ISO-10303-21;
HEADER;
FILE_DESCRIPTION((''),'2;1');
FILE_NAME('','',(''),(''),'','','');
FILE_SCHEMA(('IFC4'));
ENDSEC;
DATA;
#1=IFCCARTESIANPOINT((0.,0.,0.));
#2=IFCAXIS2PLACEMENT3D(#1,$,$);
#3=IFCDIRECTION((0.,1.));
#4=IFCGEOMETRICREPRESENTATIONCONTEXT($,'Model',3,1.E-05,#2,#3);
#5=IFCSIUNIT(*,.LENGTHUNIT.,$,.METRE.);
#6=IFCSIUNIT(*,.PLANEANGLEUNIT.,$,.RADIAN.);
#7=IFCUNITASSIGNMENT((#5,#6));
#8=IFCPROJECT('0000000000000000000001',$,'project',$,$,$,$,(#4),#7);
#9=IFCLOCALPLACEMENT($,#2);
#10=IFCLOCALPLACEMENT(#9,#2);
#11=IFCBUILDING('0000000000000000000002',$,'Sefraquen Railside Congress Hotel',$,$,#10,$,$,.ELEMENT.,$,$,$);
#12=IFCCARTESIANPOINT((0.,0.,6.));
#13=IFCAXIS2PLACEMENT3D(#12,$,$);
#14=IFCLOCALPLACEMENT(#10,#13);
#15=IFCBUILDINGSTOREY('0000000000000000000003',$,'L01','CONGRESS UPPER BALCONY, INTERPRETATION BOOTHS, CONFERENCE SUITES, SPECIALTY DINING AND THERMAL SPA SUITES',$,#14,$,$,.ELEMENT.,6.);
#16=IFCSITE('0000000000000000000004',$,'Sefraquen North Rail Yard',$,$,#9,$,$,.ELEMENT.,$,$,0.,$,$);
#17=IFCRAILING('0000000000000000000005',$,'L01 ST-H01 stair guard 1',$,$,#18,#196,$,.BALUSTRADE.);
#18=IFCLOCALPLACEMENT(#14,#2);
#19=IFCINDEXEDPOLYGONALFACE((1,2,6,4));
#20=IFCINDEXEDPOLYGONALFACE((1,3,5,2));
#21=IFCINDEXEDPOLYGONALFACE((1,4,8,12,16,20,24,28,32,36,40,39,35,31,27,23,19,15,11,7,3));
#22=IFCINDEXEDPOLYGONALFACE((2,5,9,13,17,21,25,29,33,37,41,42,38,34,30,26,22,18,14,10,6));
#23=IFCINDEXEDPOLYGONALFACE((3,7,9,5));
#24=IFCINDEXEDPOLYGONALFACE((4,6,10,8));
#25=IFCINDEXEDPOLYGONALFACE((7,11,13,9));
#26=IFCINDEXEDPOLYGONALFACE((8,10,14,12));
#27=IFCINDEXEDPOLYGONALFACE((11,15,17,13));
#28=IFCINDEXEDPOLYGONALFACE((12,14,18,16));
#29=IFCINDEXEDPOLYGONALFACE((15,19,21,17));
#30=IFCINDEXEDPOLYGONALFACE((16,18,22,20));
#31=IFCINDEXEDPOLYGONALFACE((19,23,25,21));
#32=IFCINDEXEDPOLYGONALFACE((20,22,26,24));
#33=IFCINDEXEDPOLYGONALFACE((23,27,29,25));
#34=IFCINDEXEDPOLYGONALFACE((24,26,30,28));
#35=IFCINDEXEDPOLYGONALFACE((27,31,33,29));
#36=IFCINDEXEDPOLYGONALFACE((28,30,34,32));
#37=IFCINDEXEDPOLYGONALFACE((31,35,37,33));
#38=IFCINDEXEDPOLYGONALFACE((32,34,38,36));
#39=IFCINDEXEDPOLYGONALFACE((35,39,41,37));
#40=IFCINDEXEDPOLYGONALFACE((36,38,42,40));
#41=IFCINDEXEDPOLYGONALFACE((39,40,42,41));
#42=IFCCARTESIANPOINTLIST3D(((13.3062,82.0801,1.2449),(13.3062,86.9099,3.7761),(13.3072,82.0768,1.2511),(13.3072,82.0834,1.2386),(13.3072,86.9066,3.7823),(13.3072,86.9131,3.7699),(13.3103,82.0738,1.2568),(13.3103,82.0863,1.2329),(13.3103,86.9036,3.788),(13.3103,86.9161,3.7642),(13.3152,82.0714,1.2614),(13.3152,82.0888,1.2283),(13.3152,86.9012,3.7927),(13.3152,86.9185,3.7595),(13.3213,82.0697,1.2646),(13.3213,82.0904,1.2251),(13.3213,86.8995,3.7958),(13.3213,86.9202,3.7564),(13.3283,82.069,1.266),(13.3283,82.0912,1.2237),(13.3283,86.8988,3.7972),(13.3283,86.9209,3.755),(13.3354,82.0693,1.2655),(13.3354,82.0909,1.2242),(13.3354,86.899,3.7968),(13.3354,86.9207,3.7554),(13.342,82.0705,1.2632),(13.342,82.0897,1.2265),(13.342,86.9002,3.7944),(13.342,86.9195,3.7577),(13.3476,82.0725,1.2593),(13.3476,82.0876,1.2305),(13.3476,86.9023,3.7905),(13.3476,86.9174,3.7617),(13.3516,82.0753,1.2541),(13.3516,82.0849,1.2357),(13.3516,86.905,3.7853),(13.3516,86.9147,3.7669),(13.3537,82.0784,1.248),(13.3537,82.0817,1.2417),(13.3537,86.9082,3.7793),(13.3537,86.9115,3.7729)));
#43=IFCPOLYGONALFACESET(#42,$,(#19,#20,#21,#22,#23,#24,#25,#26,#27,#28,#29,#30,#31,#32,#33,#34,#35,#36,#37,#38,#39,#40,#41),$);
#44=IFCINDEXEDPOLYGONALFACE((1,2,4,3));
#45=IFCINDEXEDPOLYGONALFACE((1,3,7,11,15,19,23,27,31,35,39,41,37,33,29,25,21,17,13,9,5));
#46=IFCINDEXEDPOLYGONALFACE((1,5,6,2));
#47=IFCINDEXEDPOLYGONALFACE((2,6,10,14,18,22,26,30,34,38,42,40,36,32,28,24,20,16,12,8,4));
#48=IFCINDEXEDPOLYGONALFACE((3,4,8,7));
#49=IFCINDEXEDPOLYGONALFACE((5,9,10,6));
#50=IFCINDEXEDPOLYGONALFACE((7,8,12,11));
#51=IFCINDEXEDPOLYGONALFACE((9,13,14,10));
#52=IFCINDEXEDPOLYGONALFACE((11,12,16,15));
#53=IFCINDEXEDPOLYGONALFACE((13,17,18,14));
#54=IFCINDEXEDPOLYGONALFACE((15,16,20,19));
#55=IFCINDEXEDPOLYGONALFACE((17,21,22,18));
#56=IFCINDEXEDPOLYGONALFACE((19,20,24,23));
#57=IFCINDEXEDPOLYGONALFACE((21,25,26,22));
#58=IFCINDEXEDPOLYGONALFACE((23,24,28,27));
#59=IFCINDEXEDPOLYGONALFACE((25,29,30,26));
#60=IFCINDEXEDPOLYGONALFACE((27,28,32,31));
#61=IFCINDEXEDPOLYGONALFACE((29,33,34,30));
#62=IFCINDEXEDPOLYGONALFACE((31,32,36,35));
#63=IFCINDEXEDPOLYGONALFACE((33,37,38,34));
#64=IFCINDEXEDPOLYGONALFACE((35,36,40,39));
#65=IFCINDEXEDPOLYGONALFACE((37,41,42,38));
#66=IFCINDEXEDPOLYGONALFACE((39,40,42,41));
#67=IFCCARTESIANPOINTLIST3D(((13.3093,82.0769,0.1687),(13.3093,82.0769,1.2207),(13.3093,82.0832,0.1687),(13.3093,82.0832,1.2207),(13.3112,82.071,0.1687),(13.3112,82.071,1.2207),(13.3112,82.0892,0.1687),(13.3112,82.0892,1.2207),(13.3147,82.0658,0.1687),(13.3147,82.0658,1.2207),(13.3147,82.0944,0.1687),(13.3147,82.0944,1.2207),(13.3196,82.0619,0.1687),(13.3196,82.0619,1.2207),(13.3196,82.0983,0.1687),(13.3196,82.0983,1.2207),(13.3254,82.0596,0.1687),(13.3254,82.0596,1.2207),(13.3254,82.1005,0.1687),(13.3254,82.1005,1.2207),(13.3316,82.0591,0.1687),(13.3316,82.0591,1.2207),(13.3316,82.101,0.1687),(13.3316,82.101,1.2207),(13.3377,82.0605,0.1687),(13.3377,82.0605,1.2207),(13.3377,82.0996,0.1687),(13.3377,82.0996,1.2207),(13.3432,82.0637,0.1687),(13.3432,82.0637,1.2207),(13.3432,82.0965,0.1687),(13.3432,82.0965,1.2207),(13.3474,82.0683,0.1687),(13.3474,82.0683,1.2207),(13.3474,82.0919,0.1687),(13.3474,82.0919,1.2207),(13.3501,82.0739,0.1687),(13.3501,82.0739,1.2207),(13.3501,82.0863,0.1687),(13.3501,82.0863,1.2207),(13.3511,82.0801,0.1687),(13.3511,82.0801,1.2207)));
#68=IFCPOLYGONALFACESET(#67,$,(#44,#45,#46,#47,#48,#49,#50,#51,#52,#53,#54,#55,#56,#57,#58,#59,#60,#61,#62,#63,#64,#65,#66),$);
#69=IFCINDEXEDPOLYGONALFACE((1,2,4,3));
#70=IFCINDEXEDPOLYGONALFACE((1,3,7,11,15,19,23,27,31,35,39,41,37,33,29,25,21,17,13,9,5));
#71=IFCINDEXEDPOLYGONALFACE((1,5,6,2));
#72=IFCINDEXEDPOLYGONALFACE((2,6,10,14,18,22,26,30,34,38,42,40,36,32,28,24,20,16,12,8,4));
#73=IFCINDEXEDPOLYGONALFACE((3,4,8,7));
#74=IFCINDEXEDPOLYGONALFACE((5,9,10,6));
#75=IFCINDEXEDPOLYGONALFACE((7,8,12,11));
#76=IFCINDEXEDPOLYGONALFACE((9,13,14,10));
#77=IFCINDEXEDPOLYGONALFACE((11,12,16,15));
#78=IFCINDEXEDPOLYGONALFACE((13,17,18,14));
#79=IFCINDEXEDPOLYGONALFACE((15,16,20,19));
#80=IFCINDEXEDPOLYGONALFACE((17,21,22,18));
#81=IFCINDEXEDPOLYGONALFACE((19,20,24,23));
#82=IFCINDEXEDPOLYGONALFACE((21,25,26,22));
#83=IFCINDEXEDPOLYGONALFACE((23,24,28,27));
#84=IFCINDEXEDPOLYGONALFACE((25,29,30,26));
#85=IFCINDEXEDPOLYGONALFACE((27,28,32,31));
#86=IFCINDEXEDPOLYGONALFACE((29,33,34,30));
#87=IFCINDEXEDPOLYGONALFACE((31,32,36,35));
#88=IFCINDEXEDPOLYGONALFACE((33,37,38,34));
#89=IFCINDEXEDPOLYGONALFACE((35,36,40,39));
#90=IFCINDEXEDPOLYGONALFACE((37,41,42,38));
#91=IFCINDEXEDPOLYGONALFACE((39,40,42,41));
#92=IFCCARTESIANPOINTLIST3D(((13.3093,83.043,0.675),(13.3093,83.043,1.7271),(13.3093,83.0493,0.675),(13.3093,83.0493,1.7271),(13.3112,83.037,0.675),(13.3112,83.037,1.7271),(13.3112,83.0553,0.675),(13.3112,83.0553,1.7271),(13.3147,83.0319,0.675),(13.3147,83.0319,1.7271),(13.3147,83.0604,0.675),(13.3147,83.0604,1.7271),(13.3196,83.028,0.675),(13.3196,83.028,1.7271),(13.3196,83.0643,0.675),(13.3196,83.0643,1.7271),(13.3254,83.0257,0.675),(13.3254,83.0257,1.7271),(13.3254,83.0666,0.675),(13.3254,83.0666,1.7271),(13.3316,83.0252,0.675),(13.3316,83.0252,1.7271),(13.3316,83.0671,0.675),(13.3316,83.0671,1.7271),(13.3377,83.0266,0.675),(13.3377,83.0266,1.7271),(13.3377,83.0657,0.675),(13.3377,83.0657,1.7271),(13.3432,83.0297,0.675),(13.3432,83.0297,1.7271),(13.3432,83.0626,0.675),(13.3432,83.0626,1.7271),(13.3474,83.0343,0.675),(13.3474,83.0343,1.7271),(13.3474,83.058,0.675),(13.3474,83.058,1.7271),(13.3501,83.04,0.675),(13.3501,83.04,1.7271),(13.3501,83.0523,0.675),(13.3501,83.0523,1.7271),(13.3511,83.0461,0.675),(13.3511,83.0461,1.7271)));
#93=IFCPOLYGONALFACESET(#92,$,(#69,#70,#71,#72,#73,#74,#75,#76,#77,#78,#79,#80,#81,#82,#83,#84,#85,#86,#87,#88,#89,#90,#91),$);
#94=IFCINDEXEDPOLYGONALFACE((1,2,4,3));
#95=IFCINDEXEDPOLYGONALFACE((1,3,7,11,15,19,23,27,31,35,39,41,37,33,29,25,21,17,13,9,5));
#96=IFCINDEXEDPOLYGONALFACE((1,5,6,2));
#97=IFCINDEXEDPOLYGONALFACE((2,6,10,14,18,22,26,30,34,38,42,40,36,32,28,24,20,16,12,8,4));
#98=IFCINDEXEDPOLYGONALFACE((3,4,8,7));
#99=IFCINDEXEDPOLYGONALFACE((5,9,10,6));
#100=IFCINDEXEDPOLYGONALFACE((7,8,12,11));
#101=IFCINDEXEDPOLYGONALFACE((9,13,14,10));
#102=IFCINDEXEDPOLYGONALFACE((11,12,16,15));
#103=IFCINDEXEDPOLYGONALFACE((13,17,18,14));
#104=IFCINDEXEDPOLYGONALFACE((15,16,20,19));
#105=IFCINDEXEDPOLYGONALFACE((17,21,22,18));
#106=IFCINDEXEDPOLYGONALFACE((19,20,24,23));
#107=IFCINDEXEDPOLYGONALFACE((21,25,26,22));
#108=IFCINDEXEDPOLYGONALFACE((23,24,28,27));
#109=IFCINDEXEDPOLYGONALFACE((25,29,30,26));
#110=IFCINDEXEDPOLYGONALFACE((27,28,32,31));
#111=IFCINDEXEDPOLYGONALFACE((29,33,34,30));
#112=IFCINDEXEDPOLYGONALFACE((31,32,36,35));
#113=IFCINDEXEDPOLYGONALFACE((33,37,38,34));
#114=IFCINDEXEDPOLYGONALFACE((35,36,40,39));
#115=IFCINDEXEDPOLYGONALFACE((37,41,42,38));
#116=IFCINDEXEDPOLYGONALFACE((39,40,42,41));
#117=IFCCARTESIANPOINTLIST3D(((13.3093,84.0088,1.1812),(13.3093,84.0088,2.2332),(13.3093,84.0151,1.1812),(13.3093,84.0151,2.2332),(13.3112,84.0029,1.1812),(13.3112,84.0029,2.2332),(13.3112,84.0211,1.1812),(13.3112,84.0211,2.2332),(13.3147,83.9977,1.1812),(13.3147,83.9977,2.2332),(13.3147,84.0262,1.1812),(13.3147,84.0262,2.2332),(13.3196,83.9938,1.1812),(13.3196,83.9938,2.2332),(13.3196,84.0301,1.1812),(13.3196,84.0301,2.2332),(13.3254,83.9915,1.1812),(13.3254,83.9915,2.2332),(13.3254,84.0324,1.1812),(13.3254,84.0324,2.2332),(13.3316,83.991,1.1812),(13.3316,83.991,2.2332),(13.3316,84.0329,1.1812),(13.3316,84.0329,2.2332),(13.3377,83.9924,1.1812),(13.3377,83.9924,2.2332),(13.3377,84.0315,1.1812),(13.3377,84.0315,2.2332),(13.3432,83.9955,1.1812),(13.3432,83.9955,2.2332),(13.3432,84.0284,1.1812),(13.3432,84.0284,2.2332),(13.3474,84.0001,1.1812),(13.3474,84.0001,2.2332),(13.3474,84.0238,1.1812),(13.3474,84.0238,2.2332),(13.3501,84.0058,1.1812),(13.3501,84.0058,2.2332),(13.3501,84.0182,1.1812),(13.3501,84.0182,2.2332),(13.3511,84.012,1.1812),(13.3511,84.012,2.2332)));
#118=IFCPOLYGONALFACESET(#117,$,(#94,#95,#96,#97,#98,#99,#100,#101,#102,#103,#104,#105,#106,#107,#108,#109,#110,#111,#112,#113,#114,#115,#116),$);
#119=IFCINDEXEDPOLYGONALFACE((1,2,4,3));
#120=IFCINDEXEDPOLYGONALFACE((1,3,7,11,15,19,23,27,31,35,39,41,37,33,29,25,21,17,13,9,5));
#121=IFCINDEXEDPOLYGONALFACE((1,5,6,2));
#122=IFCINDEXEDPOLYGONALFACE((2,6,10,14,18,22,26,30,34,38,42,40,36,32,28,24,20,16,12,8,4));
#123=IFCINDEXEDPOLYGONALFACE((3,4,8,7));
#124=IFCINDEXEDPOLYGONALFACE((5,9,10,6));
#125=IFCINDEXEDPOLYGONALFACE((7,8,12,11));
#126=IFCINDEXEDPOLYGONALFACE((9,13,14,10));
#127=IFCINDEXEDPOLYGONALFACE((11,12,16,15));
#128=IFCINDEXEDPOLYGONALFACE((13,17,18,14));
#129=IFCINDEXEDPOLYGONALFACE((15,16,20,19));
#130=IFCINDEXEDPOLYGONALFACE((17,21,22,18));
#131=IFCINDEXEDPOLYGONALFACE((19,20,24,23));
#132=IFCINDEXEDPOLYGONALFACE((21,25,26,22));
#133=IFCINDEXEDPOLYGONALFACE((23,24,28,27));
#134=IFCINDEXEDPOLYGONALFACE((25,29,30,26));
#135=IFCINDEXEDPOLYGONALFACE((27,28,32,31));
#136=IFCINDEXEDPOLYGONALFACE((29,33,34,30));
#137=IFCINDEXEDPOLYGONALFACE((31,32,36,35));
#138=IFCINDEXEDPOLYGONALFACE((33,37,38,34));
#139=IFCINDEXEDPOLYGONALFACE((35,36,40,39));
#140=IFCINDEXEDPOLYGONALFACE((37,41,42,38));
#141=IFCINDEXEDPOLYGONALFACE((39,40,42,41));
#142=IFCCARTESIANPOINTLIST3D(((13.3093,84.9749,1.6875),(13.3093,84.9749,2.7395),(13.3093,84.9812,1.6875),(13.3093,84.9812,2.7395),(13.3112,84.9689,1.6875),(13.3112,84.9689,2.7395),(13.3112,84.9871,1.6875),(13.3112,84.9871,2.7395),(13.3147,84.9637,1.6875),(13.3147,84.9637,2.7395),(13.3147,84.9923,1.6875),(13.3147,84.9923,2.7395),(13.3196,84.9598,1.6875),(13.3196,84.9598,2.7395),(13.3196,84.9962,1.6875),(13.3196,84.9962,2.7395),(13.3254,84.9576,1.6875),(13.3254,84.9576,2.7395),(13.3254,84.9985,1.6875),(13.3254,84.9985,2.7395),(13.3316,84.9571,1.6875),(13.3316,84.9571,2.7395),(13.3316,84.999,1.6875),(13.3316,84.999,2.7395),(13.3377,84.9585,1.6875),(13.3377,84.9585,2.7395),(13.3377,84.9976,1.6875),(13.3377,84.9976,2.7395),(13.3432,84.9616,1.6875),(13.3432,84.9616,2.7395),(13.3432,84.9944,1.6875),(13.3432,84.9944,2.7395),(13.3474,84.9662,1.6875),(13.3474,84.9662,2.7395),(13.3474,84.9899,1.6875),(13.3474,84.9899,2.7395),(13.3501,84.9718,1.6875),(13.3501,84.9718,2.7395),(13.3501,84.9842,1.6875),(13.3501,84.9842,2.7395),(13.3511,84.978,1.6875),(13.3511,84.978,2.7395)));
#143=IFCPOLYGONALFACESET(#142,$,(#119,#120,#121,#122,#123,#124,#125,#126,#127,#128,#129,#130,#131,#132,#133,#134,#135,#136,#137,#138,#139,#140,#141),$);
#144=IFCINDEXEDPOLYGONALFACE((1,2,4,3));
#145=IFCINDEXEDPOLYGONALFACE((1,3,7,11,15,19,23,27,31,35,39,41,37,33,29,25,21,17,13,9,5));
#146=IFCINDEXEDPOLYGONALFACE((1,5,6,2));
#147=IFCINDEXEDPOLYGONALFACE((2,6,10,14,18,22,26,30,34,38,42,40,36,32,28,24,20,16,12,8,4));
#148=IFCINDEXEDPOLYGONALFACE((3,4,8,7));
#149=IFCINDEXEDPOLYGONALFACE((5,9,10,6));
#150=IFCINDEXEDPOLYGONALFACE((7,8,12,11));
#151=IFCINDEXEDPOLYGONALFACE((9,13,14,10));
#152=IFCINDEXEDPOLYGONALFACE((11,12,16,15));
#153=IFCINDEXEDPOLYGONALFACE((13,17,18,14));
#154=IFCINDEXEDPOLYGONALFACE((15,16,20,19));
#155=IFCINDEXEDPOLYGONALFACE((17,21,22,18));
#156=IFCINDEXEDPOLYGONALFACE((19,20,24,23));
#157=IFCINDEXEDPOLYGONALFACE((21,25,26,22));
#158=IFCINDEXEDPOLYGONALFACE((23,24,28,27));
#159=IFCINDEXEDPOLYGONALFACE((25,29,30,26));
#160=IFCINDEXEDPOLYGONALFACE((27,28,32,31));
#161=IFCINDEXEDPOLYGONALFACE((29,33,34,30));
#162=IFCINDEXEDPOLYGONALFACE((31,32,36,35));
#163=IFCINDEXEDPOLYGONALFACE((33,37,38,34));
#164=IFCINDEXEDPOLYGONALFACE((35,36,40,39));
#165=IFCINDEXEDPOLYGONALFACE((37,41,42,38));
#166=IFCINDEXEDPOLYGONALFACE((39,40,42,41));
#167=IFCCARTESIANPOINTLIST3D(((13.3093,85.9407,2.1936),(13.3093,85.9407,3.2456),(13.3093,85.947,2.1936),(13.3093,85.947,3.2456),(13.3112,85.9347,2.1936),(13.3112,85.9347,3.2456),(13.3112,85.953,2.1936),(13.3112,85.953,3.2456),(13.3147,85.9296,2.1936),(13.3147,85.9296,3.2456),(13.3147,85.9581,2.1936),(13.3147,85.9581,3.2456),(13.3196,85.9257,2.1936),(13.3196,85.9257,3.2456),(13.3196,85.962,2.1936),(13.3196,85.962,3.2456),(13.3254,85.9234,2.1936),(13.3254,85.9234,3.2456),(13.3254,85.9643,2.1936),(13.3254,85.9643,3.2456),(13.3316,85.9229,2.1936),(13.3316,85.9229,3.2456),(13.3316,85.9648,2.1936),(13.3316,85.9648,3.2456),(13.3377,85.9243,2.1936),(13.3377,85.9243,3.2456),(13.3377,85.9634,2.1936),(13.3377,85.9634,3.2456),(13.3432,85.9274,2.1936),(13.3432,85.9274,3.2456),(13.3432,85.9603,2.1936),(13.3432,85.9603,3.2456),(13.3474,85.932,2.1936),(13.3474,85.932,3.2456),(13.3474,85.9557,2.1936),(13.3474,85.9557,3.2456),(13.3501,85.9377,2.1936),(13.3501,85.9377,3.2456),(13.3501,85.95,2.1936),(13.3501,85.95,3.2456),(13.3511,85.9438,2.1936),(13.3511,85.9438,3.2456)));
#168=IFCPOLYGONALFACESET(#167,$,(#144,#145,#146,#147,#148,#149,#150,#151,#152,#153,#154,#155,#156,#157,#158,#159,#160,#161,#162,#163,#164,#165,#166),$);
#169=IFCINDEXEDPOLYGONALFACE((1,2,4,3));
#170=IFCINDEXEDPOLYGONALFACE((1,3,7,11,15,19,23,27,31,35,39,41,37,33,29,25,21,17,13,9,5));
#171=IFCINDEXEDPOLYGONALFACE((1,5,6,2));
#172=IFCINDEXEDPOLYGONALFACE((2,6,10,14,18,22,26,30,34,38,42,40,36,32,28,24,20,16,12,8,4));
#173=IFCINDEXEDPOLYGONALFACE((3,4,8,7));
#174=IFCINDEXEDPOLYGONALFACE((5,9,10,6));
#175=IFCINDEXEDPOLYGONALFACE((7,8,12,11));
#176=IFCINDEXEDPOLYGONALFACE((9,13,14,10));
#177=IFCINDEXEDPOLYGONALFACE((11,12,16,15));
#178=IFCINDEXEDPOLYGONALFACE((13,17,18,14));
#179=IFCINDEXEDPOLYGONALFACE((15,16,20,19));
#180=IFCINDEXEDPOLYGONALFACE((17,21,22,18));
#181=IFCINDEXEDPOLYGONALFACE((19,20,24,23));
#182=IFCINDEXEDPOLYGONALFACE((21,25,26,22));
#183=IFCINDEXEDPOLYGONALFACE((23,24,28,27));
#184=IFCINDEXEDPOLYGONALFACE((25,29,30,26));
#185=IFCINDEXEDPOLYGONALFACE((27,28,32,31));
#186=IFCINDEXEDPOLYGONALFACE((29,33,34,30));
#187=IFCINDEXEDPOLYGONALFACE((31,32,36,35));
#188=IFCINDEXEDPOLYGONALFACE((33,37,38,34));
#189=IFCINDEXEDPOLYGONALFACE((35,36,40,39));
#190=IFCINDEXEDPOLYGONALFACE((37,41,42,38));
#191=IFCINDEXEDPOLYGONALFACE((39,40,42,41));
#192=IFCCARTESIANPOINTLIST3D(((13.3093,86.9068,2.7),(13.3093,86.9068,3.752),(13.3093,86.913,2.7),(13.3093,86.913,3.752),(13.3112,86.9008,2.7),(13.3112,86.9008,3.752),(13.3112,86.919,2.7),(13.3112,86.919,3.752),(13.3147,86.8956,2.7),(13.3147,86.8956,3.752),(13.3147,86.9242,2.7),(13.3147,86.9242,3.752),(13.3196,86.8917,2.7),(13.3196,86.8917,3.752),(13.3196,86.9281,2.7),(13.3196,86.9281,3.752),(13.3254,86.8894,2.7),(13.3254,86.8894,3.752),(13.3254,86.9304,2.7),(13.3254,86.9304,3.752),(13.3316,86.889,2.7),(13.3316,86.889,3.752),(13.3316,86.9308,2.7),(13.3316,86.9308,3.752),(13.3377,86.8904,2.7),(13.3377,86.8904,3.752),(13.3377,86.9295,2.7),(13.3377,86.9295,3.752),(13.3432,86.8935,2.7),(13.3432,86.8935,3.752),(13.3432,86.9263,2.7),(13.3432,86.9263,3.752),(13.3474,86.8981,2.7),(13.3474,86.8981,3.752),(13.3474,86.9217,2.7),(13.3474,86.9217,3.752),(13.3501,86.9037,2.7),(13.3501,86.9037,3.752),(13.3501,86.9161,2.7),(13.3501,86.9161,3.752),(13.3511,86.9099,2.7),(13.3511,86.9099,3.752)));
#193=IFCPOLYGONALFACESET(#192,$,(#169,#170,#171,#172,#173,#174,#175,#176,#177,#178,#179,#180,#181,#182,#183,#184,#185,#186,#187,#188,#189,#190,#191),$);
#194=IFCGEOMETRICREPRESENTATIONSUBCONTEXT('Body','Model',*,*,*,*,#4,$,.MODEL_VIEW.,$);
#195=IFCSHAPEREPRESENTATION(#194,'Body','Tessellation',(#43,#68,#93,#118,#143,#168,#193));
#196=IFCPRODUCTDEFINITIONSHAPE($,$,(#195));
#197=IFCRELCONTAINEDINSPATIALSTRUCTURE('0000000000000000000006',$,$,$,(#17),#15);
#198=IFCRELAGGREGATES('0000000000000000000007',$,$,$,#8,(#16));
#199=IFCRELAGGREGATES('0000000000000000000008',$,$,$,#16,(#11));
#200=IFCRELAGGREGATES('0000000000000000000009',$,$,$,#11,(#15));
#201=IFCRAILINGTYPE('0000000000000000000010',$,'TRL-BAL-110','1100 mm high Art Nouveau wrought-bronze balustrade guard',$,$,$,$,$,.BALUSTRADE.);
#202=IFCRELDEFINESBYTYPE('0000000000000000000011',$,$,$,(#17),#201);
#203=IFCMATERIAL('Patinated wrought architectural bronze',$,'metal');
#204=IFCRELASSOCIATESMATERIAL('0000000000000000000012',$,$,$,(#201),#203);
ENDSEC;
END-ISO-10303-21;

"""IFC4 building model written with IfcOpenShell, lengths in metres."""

from ifc_helpers import new_model, si_unit, direction, frame, origin, origin_2d, place, context, subcontext, project, spatial, circle, extrude, material, type_object, element, save


model = new_model("IFC4")

# Units and contexts
model_context = context("Model", 3, precision=1e-05, world=origin(), true_north=direction((0.0, 1.0)))
body_context = subcontext(model_context, "Body", "Model", "MODEL_VIEW")
ifc_project = project(units=[si_unit("LENGTHUNIT", "METRE"), si_unit("PLANEANGLEUNIT", "RADIAN")], contexts=[model_context])

# Site, building, storey
site_placement = place(None, origin())
site = spatial("IfcSite", under=ifc_project, at=site_placement, Name="Sefraquen North Rail Yard", CompositionType="ELEMENT", RefElevation=0.0)
building_placement = place(site_placement, origin())
building = spatial("IfcBuilding", under=site, at=building_placement, Name="Sefraquen Railside Congress Hotel", CompositionType="ELEMENT")
storey_placement = place(building_placement, frame((0.0, 0.0, 6.0)))
storey = spatial("IfcBuildingStorey", under=building, at=storey_placement, Name="L01", Description="CONGRESS UPPER BALCONY, INTERPRETATION BOOTHS, CONFERENCE SUITES, SPECIALTY DINING AND THERMAL SPA SUITES", CompositionType="ELEMENT", Elevation=6.0)

# Railing
ifc_material_1 = material(Name="Patinated wrought architectural bronze", Category="metal")
railing_type_1 = type_object("IfcRailingType", Name="TRL-BAL-110", Description="1100 mm high Art Nouveau wrought-bronze balustrade guard", PredefinedType="BALUSTRADE", material=ifc_material_1)
railing_1_placement = place(storey_placement, frame((13.3301, 82.0801, 0.1687)))
element("IfcRailing", 1, at=railing_1_placement, inside=storey, type_object=railing_type_1, Name="L01 ST-H01 stair guard 1", PredefinedType="BALUSTRADE", context=body_context, shape_type="SweptSolid", body=[
    extrude(circle(Radius=0.0239, at=origin_2d()), frame((0.0, 0.0, 1.0762), z_axis=(0.0, 0.885731, 0.464199), x_axis=(-1.0, 0.0, 0.0)), (0.0, 0.0, 1.0), 5.4529),
    extrude(circle(Radius=0.021, at=origin_2d()), origin(), (0.0, 0.0, 1.0), 1.052),
    extrude(circle(Radius=0.021, at=origin_2d()), frame((0.0, 0.9661, 0.5063)), (0.0, 0.0, 1.0), 1.052),
    extrude(circle(Radius=0.021, at=origin_2d()), frame((0.0, 1.9319, 1.0125)), (0.0, 0.0, 1.0), 1.052),
    extrude(circle(Radius=0.021, at=origin_2d()), frame((0.0, 2.8979, 1.5188)), (0.0, 0.0, 1.0), 1.052),
    extrude(circle(Radius=0.021, at=origin_2d()), frame((0.0, 3.8638, 2.0249)), (0.0, 0.0, 1.0), 1.052),
    extrude(circle(Radius=0.021, at=origin_2d()), frame((0.0, 4.8298, 2.5312)), (0.0, 0.0, 1.0), 1.052),
])

save(model, "model.ifc")
